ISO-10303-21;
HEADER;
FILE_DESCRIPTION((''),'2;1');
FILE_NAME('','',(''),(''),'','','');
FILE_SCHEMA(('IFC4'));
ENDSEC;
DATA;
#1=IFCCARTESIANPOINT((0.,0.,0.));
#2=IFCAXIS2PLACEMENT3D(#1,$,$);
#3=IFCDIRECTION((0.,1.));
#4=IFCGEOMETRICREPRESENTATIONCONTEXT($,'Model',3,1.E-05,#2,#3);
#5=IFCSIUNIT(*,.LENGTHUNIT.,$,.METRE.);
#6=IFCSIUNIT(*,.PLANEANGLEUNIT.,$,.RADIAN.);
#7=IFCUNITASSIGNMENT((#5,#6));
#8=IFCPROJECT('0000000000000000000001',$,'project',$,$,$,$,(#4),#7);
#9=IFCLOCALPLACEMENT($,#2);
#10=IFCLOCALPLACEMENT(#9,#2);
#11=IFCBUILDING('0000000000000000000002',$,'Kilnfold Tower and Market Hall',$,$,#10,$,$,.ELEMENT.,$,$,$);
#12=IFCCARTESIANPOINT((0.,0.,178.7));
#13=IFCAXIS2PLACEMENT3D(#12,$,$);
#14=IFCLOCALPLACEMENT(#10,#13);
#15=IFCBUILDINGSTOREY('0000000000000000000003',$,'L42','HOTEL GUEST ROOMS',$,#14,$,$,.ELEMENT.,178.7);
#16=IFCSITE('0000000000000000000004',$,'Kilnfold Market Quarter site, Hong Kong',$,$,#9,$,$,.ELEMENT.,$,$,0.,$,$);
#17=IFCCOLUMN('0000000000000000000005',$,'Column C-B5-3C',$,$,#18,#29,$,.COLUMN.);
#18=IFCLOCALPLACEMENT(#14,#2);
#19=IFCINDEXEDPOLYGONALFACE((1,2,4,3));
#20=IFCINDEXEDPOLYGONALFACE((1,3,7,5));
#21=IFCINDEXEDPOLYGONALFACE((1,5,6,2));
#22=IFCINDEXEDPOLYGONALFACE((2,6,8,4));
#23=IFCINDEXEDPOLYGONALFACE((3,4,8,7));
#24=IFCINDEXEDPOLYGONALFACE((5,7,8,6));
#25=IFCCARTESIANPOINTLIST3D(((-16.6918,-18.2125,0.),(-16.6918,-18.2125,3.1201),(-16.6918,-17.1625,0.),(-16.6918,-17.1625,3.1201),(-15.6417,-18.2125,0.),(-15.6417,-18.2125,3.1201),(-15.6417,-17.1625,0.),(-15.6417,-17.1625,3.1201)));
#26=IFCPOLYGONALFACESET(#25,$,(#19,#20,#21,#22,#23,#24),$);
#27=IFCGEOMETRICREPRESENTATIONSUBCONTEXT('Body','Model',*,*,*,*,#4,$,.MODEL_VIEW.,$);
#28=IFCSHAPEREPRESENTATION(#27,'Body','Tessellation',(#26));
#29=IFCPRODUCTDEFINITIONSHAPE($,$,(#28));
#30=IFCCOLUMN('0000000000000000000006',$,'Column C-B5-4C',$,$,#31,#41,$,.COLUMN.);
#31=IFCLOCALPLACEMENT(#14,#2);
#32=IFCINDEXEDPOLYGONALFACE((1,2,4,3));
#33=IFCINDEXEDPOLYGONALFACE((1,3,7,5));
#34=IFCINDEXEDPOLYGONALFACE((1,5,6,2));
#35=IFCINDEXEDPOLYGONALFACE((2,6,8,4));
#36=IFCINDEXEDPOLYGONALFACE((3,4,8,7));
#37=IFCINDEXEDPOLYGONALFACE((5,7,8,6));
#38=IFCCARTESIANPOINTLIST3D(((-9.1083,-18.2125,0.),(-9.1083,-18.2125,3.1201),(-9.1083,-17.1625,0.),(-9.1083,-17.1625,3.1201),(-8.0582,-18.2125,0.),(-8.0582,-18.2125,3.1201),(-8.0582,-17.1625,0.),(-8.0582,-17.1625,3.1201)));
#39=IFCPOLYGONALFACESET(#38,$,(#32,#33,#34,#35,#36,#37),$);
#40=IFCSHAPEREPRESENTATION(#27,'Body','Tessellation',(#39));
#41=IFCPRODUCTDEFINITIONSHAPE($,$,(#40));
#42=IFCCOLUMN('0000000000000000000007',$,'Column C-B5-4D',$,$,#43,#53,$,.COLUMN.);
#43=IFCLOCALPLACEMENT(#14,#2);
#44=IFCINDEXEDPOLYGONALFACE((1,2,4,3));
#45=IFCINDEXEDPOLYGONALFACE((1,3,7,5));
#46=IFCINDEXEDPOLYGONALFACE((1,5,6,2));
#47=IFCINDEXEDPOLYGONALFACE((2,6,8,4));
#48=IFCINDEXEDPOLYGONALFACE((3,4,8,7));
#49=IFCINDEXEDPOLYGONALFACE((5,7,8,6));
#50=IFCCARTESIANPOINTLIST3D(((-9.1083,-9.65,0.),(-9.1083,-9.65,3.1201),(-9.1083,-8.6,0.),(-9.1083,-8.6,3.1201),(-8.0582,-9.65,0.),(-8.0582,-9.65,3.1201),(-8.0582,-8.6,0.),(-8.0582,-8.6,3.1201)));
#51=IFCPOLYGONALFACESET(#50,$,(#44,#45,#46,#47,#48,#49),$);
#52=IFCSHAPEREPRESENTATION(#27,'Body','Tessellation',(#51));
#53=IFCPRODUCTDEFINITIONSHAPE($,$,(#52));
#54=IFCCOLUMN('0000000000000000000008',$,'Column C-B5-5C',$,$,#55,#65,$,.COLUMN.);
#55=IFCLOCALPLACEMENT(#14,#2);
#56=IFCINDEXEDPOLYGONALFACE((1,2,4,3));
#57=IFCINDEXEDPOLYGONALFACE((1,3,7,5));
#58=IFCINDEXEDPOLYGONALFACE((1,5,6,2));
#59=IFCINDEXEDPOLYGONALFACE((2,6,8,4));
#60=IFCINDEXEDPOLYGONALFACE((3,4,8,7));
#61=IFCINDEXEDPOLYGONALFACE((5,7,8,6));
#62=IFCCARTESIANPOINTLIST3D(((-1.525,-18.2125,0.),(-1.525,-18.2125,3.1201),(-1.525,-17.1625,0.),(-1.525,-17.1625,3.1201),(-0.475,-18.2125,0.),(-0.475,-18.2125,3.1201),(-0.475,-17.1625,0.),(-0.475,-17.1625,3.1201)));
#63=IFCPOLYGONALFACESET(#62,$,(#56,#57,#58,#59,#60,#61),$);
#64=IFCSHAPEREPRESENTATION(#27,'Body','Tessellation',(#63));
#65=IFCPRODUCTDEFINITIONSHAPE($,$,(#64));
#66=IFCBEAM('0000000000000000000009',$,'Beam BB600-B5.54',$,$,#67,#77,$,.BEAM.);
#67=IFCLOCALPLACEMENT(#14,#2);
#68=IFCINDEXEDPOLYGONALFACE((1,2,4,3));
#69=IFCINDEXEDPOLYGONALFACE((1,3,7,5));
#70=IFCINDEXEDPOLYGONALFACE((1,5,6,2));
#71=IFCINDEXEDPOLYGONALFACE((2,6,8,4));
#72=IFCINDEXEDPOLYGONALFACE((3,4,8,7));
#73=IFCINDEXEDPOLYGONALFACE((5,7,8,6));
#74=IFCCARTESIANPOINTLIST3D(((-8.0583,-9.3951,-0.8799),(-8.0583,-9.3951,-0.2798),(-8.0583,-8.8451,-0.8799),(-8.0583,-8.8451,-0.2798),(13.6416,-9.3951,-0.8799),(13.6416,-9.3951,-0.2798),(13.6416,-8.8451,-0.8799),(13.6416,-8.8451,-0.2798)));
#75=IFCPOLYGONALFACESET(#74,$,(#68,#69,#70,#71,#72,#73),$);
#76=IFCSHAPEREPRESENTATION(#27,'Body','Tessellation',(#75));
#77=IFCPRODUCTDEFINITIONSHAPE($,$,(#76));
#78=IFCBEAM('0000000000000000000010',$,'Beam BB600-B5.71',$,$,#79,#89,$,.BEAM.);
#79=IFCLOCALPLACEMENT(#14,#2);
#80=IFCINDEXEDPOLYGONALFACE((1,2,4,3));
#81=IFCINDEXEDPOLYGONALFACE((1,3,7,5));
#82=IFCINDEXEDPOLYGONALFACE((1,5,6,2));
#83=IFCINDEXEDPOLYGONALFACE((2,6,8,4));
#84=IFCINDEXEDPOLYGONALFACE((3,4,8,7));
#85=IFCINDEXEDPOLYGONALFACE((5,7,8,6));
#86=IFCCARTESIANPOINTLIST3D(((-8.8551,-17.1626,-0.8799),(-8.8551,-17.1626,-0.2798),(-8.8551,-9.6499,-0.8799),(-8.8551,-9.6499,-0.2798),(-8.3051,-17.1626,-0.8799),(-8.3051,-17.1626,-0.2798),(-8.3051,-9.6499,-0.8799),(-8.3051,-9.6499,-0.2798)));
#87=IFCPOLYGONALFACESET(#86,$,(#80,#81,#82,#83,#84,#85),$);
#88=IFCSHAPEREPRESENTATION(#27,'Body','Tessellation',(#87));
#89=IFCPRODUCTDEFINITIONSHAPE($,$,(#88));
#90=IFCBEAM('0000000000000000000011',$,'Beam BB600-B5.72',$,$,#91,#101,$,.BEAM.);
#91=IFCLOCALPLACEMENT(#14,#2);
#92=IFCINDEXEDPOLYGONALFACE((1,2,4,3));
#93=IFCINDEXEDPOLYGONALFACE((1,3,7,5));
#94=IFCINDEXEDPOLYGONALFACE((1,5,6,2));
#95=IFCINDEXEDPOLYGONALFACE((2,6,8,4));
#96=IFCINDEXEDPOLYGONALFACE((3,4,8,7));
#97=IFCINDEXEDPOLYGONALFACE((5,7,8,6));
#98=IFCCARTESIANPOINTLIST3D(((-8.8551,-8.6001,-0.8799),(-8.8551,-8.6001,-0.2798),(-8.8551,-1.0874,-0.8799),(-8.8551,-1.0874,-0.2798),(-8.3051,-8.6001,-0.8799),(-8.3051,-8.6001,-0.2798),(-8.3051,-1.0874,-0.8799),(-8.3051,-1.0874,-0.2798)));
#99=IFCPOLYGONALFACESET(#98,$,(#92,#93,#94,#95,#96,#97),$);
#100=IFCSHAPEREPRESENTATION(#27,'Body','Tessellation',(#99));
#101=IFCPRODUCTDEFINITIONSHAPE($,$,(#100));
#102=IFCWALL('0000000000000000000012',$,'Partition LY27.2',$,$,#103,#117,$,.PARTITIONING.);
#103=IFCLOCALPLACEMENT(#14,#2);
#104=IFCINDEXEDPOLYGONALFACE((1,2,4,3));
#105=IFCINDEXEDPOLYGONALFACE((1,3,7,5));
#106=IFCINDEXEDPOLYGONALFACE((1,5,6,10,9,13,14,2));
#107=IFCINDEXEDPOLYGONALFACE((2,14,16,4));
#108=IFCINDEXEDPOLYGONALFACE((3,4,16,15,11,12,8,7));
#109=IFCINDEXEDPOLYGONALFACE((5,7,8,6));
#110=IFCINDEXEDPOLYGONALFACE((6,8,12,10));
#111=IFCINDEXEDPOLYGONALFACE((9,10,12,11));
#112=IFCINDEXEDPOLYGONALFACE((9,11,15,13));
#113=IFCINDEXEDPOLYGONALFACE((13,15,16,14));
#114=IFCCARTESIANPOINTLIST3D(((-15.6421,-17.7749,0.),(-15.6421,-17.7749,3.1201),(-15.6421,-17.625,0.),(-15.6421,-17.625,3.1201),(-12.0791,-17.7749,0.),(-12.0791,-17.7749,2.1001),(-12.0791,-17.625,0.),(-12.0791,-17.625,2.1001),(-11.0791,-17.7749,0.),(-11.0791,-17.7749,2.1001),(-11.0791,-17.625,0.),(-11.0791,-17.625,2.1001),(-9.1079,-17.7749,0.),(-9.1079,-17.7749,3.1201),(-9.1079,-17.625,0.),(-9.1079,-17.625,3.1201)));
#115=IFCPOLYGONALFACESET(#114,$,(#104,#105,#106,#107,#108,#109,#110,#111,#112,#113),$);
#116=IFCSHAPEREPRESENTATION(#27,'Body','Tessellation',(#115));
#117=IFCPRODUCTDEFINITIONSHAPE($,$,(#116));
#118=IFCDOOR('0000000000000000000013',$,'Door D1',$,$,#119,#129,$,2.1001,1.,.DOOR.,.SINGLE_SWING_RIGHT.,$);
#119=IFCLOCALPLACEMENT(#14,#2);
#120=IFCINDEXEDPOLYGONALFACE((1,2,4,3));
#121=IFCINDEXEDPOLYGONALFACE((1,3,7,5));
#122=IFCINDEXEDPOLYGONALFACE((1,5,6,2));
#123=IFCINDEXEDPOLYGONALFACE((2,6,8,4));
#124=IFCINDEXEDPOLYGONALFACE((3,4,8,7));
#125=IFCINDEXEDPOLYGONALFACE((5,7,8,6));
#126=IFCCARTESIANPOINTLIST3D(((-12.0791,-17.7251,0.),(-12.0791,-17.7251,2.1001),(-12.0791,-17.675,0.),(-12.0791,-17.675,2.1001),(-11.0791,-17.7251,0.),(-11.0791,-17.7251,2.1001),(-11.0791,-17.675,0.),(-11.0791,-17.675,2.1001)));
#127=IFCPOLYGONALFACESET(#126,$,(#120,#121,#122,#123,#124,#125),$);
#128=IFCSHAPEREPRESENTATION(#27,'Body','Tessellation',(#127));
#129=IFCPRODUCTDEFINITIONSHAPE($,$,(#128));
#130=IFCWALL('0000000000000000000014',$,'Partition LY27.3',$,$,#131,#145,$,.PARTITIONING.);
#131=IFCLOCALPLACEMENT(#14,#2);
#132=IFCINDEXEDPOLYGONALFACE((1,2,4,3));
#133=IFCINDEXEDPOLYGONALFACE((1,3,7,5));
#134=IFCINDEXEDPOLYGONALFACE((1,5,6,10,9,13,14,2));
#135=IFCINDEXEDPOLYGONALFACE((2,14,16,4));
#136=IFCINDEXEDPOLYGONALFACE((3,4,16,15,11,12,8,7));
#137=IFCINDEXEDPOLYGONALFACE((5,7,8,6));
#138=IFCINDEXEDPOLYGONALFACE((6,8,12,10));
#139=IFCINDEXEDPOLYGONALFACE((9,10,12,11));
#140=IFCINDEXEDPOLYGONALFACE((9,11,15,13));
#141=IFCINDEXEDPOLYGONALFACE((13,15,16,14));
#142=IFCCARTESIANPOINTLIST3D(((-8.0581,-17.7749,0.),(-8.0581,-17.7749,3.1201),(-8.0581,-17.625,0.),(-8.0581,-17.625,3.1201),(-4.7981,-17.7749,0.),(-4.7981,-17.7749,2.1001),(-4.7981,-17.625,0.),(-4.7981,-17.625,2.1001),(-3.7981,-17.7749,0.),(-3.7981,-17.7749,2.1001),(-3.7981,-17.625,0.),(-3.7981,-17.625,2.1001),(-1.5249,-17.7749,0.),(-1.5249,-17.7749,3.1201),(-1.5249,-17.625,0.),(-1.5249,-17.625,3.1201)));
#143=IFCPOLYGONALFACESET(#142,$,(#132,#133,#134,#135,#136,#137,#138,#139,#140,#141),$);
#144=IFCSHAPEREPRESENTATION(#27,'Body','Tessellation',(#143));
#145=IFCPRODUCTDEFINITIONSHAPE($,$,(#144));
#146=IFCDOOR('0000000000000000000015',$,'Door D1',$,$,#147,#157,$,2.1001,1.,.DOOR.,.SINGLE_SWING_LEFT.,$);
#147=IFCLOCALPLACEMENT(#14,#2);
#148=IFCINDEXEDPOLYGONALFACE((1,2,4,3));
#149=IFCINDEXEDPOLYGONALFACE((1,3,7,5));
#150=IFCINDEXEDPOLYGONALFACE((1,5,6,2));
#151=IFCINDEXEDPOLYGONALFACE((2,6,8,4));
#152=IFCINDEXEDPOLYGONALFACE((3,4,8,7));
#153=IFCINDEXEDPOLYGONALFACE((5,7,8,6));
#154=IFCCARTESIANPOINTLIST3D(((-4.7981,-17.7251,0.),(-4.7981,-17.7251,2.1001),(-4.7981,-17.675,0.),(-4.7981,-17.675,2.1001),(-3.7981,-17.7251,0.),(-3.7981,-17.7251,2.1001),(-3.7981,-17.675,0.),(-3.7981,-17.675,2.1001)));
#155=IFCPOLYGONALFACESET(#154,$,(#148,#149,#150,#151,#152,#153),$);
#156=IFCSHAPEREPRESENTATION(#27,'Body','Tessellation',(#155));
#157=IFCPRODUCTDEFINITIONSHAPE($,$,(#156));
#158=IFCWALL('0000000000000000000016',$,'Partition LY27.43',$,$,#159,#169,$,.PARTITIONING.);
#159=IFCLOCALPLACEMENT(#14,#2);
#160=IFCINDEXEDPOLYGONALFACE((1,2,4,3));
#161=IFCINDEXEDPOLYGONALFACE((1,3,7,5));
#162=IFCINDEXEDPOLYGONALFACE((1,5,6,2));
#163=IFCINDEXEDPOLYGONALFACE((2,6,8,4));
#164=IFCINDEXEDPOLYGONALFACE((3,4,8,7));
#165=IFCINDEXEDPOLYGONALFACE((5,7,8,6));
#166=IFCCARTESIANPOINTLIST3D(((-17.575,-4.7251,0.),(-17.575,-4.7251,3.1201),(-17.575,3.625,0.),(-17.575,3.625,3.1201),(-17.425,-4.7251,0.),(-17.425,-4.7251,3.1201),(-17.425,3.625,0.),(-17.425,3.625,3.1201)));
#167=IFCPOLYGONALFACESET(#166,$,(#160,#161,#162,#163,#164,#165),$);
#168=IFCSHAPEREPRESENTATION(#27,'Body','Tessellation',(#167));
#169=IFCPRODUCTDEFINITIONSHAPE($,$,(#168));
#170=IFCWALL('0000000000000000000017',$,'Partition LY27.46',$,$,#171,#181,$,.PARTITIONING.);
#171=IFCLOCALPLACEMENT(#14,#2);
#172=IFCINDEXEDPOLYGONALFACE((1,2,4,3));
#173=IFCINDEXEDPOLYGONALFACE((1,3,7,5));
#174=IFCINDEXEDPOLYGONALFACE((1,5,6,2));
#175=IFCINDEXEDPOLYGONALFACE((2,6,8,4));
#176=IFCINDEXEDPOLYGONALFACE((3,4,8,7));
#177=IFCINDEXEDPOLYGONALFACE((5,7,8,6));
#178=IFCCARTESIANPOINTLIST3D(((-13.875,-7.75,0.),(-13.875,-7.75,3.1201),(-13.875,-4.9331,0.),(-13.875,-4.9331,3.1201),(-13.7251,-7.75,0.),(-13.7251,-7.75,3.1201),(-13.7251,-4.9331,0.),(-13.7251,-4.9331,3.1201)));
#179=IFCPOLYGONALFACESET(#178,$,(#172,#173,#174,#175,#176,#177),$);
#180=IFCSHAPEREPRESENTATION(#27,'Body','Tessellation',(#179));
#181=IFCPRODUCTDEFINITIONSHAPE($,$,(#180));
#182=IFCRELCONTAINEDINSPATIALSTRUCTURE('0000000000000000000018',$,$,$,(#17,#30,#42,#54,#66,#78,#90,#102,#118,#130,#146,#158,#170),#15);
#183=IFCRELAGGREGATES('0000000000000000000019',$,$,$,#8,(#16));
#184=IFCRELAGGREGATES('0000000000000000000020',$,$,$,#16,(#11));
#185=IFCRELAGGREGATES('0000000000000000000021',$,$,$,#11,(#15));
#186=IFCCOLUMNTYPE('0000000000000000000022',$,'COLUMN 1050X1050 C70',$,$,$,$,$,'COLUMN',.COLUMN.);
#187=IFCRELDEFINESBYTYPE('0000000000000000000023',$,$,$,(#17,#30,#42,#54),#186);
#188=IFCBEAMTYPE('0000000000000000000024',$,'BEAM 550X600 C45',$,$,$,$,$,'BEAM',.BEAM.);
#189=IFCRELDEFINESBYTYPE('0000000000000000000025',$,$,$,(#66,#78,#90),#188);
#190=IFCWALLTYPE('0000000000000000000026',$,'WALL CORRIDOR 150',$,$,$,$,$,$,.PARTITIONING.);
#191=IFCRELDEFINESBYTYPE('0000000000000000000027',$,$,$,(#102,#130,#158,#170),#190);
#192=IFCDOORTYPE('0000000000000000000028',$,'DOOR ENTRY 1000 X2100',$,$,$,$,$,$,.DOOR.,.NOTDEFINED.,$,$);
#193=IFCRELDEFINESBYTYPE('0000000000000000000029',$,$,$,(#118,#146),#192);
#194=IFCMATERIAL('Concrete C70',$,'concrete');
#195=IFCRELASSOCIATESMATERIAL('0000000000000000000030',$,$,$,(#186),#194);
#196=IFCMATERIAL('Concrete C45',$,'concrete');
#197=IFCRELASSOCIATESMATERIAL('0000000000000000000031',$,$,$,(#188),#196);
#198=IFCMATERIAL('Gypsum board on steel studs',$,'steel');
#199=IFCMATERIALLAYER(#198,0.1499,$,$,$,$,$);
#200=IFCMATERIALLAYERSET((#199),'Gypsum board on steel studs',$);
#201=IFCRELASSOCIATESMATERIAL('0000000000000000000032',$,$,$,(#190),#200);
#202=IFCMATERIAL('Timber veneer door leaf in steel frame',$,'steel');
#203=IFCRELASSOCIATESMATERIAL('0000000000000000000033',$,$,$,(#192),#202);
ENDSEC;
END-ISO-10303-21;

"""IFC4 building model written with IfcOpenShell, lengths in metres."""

from ifc_helpers import new_model, si_unit, direction, frame, frame_2d, origin, origin_2d, place, context, subcontext, project, spatial, rectangle, extrude, source, transform, mapped, material, layer, layer_set, material_profile, profile_set, type_object, element, fill, save


model = new_model("IFC4")

# Units and contexts
model_context = context("Model", 3, precision=1e-05, world=origin(), true_north=direction((0.0, 1.0)))
body_context = subcontext(model_context, "Body", "Model", "MODEL_VIEW")
ifc_project = project(units=[si_unit("LENGTHUNIT", "METRE"), si_unit("PLANEANGLEUNIT", "RADIAN")], contexts=[model_context])

# Site, building, storey
site_placement = place(None, origin())
site = spatial("IfcSite", under=ifc_project, at=site_placement, Name="Kilnfold Market Quarter site, Hong Kong", CompositionType="ELEMENT", RefElevation=0.0)
building_placement = place(site_placement, origin())
building = spatial("IfcBuilding", under=site, at=building_placement, Name="Kilnfold Tower and Market Hall", CompositionType="ELEMENT")
storey_placement = place(building_placement, frame((0.0, 0.0, 178.7)))
storey = spatial("IfcBuildingStorey", under=building, at=storey_placement, Name="L42", Description="HOTEL GUEST ROOMS", CompositionType="ELEMENT", Elevation=178.7)

# Columns
ifc_material_1 = material(Name="Concrete C70", Category="concrete")
ifc_material_profile_1 = material_profile(ifc_material_1, rectangle(XDim=1.05, YDim=1.05, at=origin_2d()), Name="RC 1050x1050")
ifc_profile_set_1 = profile_set([ifc_material_profile_1], Name="Concrete C70")
column_type = type_object("IfcColumnType", Name="COLUMN 1050X1050 C70", ElementType="COLUMN", PredefinedType="COLUMN", material=ifc_profile_set_1)
shared_shape_1 = source(origin(), body_context, "Body", "SweptSolid", [
    extrude(rectangle(XDim=1.05, YDim=1.05, at=origin_2d()), origin(), (0.0, 0.0, 1.0), 3.1201),
])
for number, where, z_axis, x_axis, name in (
    (1, (-16.1667, -17.6875, 0.0), (0.0, 0.0, 1.0), (1.0, 0.0, 0.0), "Column C-B5-3C"),
    (2, (-8.5833, -17.6875, 0.0), (0.0, 0.0, 1.0), (1.0, 0.0, 0.0), "Column C-B5-4C"),
    (3, (-8.5833, -9.125, 0.0), (0.0, 0.0, 1.0), (1.0, 0.0, 0.0), "Column C-B5-4D"),
    (4, (-1.0, -17.6875, 0.0), (0.0, 0.0, 1.0), (1.0, 0.0, 0.0), "Column C-B5-5C"),
):
    element("IfcColumn", number, at=place(storey_placement, frame(where, z_axis=z_axis, x_axis=x_axis)), inside=storey, type_object=column_type, Name=name, PredefinedType="COLUMN", context=body_context, shape_type="MappedRepresentation", body=[
        mapped(shared_shape_1, transform((0.0, 0.0, 0.0))),
    ])

# Beams
ifc_material_2 = material(Name="Concrete C45", Category="concrete")
ifc_material_profile_2 = material_profile(ifc_material_2, rectangle(XDim=0.55, YDim=0.6001, at=origin_2d()), Name="RC 550x600")
ifc_profile_set_2 = profile_set([ifc_material_profile_2], Name="Concrete C45")
beam_type = type_object("IfcBeamType", Name="BEAM 550X600 C45", ElementType="BEAM", PredefinedType="BEAM", material=ifc_profile_set_2)
shared_shape_2 = source(origin(), body_context, "Body", "SweptSolid", [
    extrude(rectangle(XDim=0.55, YDim=0.6001, at=origin_2d()), origin(), (0.0, 0.0, 1.0), 21.7),
])
beam_placement = place(storey_placement, frame((-8.0583, -9.1201, -0.5798), z_axis=(1.0, 0.0, 0.0), x_axis=(0.0, 1.0, 0.0)))
element("IfcBeam", 5, at=beam_placement, inside=storey, type_object=beam_type, Name="Beam BB600-B5.54", PredefinedType="BEAM", context=body_context, shape_type="MappedRepresentation", body=[
    mapped(shared_shape_2, transform((0.0, 0.0, 0.0))),
])
shared_shape_3 = source(origin(), body_context, "Body", "SweptSolid", [
    extrude(rectangle(XDim=0.55, YDim=0.6001, at=origin_2d()), origin(), (0.0, 0.0, 1.0), 7.5127),
])
for number, where, z_axis, x_axis, name in (
    (6, (-8.5801, -17.1626, -0.5798), (0.0, 1.0, 0.0), (-1.0, 0.0, 0.0), "Beam BB600-B5.71"),
    (7, (-8.5801, -8.6001, -0.5798), (0.0, 1.0, 0.0), (-1.0, 0.0, 0.0), "Beam BB600-B5.72"),
):
    element("IfcBeam", number, at=place(storey_placement, frame(where, z_axis=z_axis, x_axis=x_axis)), inside=storey, type_object=beam_type, Name=name, PredefinedType="BEAM", context=body_context, shape_type="MappedRepresentation", body=[
        mapped(shared_shape_3, transform((0.0, 0.0, 0.0))),
    ])

# Walls, openings, doors
ifc_material_3 = material(Name="Gypsum board on steel studs", Category="steel")
ifc_layer_1 = layer(ifc_material_3, 0.1499)
ifc_layer_set_1 = layer_set([ifc_layer_1], Name="Gypsum board on steel studs")
wall_type_1 = type_object("IfcWallType", Name="WALL CORRIDOR 150", PredefinedType="PARTITIONING", material=ifc_layer_set_1)
wall_1_placement = place(storey_placement, frame((-15.6421, -17.7, 0.0), z_axis=(0.0, 0.0, 1.0), x_axis=(1.0, 0.0, 0.0)))
wall_1 = element("IfcWall", 8, at=wall_1_placement, inside=storey, type_object=wall_type_1, Name="Partition LY27.2", PredefinedType="PARTITIONING", context=body_context, shape_type="SweptSolid", body=[
    extrude(rectangle(XDim=6.5342, YDim=0.1499, at=frame_2d((3.2671, 0.0))), origin(), (0.0, 0.0, 1.0), 3.1201),
])
opening_1_placement = place(wall_1_placement, frame((3.563, 0.0, 0.0)))
opening_1 = element("IfcOpeningElement", 9, at=opening_1_placement, cuts=wall_1, PredefinedType="OPENING", context=body_context, shape_type="SweptSolid", body=[
    extrude(rectangle(XDim=1.0, YDim=2.1001, at=frame_2d((0.5, 1.05))), frame((0.0, 0.085, 0.0), z_axis=(0.0, -1.0, 0.0), x_axis=(1.0, 0.0, 0.0)), (0.0, 0.0, 1.0), 0.1699),
])
ifc_material_4 = material(Name="Timber veneer door leaf in steel frame", Category="steel")
door_type_1 = type_object("IfcDoorType", Name="DOOR ENTRY 1000 X2100", OperationType="NOTDEFINED", PredefinedType="DOOR", material=ifc_material_4)
door_1_placement = place(opening_1_placement, origin())
door_1 = element("IfcDoor", 10, at=door_1_placement, inside=storey, type_object=door_type_1, Name="Door D1", OperationType="SINGLE_SWING_RIGHT", OverallHeight=2.1001, OverallWidth=1.0, PredefinedType="DOOR", context=body_context, shape_type="SweptSolid", body=[
    extrude(rectangle(XDim=1.0, YDim=2.1001, at=frame_2d((0.5, 1.05))), frame((0.0, 0.0249, 0.0), z_axis=(0.0, -1.0, 0.0), x_axis=(1.0, 0.0, 0.0)), (0.0, 0.0, 1.0), 0.05),
])
fill(opening_1, door_1)
wall_2_placement = place(storey_placement, frame((-8.0581, -17.7, 0.0), z_axis=(0.0, 0.0, 1.0), x_axis=(1.0, 0.0, 0.0)))
wall_2 = element("IfcWall", 11, at=wall_2_placement, inside=storey, type_object=wall_type_1, Name="Partition LY27.3", PredefinedType="PARTITIONING", context=body_context, shape_type="SweptSolid", body=[
    extrude(rectangle(XDim=6.5332, YDim=0.1499, at=frame_2d((3.2666, 0.0))), origin(), (0.0, 0.0, 1.0), 3.1201),
])
opening_2_placement = place(wall_2_placement, frame((3.26, 0.0, 0.0)))
opening_2 = element("IfcOpeningElement", 12, at=opening_2_placement, cuts=wall_2, PredefinedType="OPENING", context=body_context, shape_type="SweptSolid", body=[
    extrude(rectangle(XDim=1.0, YDim=2.1001, at=frame_2d((0.5, 1.05))), frame((0.0, 0.085, 0.0), z_axis=(0.0, -1.0, 0.0), x_axis=(1.0, 0.0, 0.0)), (0.0, 0.0, 1.0), 0.1699),
])
door_2_placement = place(opening_2_placement, origin())
door_2 = element("IfcDoor", 13, at=door_2_placement, inside=storey, type_object=door_type_1, Name="Door D1", OperationType="SINGLE_SWING_LEFT", OverallHeight=2.1001, OverallWidth=1.0, PredefinedType="DOOR", context=body_context, shape_type="SweptSolid", body=[
    extrude(rectangle(XDim=1.0, YDim=2.1001, at=frame_2d((0.5, 1.05))), frame((0.0, 0.0249, 0.0), z_axis=(0.0, -1.0, 0.0), x_axis=(1.0, 0.0, 0.0)), (0.0, 0.0, 1.0), 0.05),
])
fill(opening_2, door_2)

# Walls
wall_3_placement = place(storey_placement, frame((-17.5, -4.7251, 0.0), z_axis=(0.0, 0.0, 1.0), x_axis=(0.0, 1.0, 0.0)))
element("IfcWall", 14, at=wall_3_placement, inside=storey, type_object=wall_type_1, Name="Partition LY27.43", PredefinedType="PARTITIONING", context=body_context, shape_type="SweptSolid", body=[
    extrude(rectangle(XDim=8.3501, YDim=0.1499, at=frame_2d((4.175, 0.0))), origin(), (0.0, 0.0, 1.0), 3.1201),
])
wall_4_placement = place(storey_placement, frame((-13.8, -7.75, 0.0), z_axis=(0.0, 0.0, 1.0), x_axis=(0.0, 1.0, 0.0)))
element("IfcWall", 15, at=wall_4_placement, inside=storey, type_object=wall_type_1, Name="Partition LY27.46", PredefinedType="PARTITIONING", context=body_context, shape_type="SweptSolid", body=[
    extrude(rectangle(XDim=2.8169, YDim=0.1499, at=frame_2d((1.4084, 0.0))), origin(), (0.0, 0.0, 1.0), 3.1201),
])

save(model, "model.ifc")
